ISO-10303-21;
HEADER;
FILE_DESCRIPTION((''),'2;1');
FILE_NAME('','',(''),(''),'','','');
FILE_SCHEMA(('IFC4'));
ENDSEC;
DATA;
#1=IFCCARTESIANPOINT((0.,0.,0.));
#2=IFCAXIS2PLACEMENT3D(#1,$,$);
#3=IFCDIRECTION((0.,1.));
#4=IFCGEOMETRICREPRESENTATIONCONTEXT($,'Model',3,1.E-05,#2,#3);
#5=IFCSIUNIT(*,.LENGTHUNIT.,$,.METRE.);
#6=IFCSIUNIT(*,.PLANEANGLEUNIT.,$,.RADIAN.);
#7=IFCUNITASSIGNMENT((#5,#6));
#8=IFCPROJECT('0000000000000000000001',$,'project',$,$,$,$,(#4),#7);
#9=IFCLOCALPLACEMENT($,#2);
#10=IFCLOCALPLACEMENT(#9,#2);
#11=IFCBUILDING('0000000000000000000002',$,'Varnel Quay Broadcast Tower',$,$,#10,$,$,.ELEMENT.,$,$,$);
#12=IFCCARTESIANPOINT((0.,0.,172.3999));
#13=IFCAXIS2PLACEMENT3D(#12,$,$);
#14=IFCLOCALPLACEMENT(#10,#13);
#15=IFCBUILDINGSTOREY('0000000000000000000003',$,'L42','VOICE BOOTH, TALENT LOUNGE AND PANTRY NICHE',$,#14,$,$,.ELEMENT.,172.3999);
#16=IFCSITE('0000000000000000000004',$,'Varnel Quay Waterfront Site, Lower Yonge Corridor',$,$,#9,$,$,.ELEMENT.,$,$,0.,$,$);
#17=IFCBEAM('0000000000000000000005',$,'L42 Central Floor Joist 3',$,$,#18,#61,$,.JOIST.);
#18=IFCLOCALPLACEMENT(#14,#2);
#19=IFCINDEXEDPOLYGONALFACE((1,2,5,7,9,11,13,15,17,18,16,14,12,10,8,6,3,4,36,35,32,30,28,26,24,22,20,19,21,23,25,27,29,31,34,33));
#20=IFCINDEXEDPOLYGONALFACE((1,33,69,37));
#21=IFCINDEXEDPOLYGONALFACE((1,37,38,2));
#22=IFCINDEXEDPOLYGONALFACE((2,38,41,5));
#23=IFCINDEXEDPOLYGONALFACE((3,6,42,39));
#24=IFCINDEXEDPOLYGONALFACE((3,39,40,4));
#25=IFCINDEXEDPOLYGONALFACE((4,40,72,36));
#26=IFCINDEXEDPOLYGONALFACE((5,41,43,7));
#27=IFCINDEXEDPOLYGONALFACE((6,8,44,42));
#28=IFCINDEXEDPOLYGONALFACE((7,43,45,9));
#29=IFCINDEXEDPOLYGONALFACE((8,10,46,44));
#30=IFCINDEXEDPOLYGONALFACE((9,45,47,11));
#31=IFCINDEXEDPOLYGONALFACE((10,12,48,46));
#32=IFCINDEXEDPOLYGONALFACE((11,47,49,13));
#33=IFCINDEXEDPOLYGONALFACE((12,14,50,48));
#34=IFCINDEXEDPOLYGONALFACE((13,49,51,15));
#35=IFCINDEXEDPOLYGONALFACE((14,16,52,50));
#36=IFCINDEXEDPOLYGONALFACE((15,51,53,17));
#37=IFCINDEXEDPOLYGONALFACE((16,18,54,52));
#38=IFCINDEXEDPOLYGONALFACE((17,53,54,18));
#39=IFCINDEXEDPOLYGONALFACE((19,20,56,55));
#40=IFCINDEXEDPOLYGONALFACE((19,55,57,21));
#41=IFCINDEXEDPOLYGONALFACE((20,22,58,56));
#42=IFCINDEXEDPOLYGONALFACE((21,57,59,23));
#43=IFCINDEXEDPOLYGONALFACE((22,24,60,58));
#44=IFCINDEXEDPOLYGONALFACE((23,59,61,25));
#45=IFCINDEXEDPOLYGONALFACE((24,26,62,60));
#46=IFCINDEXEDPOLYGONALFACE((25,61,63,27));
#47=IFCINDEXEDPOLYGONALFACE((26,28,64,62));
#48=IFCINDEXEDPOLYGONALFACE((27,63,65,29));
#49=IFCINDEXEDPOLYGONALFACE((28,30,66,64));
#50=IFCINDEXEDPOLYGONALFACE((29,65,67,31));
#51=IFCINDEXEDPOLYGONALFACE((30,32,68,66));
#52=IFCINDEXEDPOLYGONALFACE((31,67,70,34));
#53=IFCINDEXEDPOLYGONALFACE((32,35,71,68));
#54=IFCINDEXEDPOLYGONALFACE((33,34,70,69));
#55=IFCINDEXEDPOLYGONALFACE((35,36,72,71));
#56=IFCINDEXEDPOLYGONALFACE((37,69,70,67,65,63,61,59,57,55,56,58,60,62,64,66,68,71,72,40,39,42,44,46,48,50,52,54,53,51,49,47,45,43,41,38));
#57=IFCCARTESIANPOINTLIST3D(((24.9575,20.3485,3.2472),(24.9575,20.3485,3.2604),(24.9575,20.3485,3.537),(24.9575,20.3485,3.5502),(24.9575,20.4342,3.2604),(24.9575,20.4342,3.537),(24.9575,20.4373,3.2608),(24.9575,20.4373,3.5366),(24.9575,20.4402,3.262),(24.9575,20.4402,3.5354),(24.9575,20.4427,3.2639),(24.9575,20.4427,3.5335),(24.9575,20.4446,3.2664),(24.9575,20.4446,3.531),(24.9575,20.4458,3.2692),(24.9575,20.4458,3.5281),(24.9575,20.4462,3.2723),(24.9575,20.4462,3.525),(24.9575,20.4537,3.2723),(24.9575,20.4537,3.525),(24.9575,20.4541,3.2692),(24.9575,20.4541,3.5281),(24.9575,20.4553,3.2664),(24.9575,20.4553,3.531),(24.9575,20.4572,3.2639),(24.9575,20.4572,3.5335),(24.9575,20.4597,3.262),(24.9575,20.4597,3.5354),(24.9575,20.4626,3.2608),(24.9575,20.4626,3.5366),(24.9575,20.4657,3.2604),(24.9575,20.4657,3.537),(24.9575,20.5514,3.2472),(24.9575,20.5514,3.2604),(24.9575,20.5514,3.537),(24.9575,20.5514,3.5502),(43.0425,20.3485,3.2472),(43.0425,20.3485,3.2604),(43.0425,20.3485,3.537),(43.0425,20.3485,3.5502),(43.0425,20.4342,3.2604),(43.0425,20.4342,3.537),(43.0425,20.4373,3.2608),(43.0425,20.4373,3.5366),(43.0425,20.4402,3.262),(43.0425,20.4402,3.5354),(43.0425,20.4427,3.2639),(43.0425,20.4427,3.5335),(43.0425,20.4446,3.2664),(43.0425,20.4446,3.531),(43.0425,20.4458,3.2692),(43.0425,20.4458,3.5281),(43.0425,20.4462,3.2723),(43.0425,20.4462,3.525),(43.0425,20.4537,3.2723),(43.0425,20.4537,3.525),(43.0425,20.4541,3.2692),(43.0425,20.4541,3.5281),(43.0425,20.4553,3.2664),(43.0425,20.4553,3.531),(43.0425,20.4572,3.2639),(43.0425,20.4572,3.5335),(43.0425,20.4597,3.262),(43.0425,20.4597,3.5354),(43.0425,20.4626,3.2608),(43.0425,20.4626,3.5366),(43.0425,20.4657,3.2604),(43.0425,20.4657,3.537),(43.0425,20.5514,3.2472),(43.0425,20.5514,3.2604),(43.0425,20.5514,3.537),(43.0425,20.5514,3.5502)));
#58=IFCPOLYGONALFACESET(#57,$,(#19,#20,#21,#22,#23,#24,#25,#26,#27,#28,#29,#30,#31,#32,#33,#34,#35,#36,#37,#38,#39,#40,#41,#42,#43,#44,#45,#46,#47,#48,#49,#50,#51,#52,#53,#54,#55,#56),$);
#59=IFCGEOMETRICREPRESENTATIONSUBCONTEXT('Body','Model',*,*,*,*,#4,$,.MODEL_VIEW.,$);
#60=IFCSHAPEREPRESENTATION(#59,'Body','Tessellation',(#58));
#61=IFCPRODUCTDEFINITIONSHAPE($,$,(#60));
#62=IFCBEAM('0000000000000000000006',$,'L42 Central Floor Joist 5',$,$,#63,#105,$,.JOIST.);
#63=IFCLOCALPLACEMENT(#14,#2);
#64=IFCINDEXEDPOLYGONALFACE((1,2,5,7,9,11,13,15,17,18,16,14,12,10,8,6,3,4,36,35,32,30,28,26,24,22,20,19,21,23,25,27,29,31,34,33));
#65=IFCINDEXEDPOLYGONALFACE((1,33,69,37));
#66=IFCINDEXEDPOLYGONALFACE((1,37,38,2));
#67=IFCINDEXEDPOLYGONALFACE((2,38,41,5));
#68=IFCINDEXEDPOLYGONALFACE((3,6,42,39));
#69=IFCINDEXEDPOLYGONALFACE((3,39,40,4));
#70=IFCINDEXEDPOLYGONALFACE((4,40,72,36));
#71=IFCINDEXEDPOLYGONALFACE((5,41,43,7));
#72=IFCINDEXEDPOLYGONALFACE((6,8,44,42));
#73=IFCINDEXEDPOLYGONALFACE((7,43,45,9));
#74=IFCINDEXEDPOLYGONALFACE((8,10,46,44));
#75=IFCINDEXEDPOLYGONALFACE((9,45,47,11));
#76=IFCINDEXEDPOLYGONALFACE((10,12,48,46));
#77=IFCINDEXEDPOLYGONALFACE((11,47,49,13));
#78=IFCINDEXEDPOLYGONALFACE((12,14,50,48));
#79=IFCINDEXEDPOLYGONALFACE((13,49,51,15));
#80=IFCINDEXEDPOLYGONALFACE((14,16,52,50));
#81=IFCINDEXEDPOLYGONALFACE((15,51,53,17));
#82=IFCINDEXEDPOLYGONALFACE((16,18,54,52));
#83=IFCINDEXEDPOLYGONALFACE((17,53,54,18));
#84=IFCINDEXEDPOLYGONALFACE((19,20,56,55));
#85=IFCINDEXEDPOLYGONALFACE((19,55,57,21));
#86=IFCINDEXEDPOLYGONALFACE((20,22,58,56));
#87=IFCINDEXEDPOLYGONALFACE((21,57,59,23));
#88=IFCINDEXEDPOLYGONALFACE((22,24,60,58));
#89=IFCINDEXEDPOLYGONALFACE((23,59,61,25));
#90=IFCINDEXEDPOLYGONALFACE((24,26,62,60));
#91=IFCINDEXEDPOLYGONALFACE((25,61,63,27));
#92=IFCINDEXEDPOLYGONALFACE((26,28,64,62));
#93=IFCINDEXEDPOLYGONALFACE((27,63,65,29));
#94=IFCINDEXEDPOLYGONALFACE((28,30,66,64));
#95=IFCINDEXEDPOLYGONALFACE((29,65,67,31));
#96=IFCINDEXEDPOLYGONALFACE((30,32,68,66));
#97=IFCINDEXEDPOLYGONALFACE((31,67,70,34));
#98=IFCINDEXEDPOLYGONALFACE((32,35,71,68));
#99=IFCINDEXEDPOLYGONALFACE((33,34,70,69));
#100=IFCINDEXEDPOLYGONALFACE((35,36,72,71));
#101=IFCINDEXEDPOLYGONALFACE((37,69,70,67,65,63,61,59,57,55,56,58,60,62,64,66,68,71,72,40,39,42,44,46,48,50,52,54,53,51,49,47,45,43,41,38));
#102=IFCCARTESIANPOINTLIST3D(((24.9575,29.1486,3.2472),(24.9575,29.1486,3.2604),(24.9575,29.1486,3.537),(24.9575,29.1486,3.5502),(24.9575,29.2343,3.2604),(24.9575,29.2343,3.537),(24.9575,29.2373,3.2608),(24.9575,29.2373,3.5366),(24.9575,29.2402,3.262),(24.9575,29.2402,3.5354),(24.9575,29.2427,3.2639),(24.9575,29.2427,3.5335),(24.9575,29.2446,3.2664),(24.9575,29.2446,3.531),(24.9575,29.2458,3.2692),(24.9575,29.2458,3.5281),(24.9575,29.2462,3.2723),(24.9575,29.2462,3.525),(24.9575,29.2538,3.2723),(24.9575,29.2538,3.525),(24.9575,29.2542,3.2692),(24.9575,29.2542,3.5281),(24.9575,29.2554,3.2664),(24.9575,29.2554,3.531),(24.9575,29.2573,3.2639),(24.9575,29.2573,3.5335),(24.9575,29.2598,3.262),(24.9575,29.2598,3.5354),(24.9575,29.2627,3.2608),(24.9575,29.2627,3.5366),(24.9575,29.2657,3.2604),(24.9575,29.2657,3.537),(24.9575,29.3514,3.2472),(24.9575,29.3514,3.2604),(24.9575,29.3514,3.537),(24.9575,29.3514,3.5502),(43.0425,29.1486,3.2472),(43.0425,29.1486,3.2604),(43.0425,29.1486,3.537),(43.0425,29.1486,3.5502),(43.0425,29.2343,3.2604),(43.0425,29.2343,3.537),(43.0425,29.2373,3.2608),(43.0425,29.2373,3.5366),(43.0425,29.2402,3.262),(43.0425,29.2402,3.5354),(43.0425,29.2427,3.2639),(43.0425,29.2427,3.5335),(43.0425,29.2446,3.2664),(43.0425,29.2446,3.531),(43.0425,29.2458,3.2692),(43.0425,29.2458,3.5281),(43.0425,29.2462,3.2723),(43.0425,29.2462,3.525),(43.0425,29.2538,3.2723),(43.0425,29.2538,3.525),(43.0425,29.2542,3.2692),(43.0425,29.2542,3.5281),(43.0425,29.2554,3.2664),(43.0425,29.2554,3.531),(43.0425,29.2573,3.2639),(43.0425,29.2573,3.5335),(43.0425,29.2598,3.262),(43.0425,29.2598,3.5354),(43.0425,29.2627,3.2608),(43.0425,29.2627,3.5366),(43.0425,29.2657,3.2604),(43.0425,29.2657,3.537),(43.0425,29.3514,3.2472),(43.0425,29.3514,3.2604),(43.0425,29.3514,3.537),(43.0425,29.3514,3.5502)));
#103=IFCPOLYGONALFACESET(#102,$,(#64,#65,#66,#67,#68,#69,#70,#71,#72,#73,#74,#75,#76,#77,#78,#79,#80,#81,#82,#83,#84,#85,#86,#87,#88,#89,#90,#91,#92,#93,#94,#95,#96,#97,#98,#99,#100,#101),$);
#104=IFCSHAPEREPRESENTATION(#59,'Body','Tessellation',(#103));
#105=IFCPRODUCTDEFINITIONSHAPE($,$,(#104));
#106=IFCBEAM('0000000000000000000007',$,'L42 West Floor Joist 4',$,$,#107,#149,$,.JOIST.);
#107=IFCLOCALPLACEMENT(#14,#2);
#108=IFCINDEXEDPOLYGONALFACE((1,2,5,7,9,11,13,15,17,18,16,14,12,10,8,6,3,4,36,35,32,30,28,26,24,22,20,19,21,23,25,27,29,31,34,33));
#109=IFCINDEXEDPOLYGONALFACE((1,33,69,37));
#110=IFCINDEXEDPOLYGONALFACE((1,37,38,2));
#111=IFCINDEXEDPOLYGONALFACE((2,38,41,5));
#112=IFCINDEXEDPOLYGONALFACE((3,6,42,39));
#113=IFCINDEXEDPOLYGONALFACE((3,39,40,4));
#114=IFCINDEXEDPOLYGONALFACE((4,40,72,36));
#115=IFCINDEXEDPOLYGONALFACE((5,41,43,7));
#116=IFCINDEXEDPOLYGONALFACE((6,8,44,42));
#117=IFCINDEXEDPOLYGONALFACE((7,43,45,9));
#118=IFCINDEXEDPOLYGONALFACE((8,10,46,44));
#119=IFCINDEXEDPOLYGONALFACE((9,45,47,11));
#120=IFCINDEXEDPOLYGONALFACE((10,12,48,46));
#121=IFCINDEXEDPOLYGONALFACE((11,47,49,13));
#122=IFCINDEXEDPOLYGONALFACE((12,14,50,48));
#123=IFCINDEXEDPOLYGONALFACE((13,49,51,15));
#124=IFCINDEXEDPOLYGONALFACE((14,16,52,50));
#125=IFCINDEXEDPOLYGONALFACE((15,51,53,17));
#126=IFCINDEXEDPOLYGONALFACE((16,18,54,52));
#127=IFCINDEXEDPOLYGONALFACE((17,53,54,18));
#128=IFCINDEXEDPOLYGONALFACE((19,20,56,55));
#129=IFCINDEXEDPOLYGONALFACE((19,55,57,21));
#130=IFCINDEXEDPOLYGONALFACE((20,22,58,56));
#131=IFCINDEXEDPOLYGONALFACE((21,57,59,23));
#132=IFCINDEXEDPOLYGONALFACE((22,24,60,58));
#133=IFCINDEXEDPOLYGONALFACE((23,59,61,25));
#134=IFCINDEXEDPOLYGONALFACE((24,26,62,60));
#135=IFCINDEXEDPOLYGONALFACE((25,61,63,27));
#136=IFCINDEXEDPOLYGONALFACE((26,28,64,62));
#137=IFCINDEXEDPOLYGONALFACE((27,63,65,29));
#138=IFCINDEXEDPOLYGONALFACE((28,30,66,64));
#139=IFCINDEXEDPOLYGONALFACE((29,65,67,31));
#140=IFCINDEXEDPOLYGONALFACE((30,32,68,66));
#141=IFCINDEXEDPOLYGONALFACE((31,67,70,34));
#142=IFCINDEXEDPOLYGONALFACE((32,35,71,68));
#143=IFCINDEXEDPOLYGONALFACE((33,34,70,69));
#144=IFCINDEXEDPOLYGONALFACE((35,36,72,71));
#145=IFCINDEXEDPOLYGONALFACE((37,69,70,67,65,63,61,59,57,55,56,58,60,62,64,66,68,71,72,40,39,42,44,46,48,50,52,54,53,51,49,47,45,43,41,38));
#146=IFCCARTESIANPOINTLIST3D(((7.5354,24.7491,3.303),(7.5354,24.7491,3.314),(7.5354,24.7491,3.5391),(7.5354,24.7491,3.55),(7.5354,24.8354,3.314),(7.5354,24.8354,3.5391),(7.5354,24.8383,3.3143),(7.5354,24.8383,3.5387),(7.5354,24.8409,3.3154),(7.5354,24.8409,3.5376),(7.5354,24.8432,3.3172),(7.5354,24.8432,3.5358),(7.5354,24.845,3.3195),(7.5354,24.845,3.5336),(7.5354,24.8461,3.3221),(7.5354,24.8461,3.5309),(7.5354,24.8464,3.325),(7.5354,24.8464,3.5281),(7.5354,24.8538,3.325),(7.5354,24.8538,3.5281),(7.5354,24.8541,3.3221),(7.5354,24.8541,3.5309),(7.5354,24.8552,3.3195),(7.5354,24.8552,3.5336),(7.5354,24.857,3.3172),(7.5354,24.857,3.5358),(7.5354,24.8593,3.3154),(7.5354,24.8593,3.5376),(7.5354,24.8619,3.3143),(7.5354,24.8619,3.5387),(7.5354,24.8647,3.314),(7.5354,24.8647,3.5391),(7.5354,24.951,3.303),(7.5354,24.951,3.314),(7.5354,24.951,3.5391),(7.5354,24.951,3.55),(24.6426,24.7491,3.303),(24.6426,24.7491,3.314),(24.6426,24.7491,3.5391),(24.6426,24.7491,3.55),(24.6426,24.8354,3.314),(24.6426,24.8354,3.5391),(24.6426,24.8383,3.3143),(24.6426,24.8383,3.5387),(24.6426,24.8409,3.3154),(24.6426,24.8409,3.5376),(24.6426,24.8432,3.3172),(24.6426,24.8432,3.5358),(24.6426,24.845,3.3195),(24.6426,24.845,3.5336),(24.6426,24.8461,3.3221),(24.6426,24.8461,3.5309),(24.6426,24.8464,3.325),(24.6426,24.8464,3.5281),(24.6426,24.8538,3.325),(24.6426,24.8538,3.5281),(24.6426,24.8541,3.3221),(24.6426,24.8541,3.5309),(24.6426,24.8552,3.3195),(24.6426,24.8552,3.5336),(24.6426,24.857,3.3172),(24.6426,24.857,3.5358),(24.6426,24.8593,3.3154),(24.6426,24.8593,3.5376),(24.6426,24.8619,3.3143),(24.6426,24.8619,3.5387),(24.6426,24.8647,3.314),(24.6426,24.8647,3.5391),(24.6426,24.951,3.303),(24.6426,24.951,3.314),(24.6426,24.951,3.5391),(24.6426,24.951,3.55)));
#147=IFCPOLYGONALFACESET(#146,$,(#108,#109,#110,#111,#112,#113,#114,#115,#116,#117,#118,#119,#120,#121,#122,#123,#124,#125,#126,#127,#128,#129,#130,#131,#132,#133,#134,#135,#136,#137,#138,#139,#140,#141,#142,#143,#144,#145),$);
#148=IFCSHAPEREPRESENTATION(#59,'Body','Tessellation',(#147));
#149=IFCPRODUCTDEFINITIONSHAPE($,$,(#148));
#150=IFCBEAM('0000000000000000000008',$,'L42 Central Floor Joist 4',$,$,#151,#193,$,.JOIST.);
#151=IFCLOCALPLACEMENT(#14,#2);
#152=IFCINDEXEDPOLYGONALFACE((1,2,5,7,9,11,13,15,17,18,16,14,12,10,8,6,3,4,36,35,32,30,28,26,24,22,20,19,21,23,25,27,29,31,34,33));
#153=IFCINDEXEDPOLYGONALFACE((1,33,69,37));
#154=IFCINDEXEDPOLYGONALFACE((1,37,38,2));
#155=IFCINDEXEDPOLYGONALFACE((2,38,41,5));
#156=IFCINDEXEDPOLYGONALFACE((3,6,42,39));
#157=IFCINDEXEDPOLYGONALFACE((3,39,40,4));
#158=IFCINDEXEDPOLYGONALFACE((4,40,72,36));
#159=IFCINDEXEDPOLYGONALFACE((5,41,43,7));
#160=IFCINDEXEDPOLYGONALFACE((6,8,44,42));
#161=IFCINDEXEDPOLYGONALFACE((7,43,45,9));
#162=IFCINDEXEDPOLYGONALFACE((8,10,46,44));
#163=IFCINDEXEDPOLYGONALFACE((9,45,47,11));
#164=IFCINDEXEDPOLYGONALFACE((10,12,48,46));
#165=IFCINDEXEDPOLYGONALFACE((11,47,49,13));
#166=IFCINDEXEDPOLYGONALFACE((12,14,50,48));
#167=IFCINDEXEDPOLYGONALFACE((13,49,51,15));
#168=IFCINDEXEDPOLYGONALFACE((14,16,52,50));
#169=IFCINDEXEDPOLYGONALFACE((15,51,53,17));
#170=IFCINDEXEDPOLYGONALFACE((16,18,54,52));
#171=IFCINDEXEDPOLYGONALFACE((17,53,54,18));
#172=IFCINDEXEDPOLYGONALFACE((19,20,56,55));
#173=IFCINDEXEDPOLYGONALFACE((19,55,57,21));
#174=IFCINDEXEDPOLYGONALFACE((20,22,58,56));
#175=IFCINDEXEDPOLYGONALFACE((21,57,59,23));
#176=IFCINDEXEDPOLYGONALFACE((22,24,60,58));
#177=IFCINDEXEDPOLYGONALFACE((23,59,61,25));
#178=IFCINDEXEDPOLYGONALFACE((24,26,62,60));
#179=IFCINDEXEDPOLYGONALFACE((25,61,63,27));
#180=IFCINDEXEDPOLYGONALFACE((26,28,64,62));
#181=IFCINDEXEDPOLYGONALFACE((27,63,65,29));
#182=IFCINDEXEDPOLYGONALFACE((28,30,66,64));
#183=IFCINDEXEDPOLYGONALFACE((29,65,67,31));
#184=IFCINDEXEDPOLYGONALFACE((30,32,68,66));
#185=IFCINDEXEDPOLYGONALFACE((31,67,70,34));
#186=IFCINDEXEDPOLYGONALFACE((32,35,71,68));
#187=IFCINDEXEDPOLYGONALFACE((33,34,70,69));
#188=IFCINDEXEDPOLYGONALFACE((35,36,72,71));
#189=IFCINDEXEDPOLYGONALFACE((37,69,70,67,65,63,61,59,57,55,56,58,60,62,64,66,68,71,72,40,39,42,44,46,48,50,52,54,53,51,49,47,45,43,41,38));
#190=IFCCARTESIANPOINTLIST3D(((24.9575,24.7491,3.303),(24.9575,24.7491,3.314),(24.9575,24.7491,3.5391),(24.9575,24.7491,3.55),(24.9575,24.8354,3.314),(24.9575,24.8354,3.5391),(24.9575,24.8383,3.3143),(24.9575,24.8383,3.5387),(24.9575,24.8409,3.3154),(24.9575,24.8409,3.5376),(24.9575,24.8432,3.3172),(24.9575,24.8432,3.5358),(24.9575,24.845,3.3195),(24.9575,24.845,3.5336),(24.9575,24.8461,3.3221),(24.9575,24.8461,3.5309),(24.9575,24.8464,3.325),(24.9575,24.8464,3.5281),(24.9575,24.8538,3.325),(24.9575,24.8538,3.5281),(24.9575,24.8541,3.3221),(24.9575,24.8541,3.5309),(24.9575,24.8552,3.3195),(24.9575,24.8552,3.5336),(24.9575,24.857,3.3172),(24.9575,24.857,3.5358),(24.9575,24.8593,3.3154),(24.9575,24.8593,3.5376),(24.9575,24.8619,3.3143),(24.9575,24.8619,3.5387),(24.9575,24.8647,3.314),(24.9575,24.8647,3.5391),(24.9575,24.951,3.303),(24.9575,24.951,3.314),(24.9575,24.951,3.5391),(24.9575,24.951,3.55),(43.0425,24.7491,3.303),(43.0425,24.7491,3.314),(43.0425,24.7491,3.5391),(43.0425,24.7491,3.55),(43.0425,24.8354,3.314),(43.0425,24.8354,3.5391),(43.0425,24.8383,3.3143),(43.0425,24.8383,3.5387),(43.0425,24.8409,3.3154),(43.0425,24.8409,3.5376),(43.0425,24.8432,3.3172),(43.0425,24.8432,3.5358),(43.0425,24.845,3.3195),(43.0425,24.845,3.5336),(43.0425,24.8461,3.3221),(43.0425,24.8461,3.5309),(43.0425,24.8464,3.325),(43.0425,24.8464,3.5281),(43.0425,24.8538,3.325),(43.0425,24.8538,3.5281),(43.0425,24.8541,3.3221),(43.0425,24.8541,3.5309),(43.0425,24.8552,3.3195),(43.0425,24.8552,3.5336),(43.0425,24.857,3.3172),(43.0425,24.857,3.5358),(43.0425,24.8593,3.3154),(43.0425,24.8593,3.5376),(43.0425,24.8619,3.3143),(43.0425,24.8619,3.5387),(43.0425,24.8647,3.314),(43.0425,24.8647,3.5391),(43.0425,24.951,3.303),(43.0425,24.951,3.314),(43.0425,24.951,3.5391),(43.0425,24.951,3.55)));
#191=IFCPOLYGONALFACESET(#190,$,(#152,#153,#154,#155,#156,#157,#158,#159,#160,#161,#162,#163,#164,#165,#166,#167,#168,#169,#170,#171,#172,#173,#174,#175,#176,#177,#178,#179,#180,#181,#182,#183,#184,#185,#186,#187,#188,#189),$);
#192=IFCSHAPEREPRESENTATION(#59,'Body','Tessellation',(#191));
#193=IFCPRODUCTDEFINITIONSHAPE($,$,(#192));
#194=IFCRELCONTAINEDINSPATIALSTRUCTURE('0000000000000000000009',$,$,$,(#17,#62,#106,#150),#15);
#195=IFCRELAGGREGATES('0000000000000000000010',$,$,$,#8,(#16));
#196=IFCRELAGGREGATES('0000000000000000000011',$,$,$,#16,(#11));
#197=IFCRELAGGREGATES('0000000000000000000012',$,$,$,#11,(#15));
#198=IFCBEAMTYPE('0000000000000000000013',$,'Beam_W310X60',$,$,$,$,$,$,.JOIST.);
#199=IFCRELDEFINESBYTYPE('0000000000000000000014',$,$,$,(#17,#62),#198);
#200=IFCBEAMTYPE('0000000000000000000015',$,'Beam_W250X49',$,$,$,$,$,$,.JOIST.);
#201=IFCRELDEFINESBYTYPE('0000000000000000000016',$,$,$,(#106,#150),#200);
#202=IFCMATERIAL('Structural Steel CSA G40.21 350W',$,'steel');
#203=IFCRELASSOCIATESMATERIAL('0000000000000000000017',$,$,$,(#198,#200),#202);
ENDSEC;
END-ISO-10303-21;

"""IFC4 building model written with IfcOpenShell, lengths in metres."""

from ifc_helpers import new_model, si_unit, direction, frame, origin, origin_2d, place, context, subcontext, project, spatial, i_section, extrude, source, transform, mapped, material, material_profile, profile_set, type_object, type_shapes, element, save


model = new_model("IFC4")

# Units and contexts
model_context = context("Model", 3, precision=1e-05, world=origin(), true_north=direction((0.0, 1.0)))
body_context = subcontext(model_context, "Body", "Model", "MODEL_VIEW")
ifc_project = project(units=[si_unit("LENGTHUNIT", "METRE"), si_unit("PLANEANGLEUNIT", "RADIAN")], contexts=[model_context])

# Site, building, storey
site_placement = place(None, origin())
site = spatial("IfcSite", under=ifc_project, at=site_placement, Name="Varnel Quay Waterfront Site, Lower Yonge Corridor", CompositionType="ELEMENT", RefElevation=0.0)
building_placement = place(site_placement, origin())
building = spatial("IfcBuilding", under=site, at=building_placement, Name="Varnel Quay Broadcast Tower", CompositionType="ELEMENT")
storey_placement = place(building_placement, frame((0.0, 0.0, 172.3999)))
storey = spatial("IfcBuildingStorey", under=building, at=storey_placement, Name="L42", Description="VOICE BOOTH, TALENT LOUNGE AND PANTRY NICHE", CompositionType="ELEMENT", Elevation=172.3999)

# Shared definitions
ifc_material_1 = material(Name="Structural Steel CSA G40.21 350W", Category="steel")

# Beams
ifc_material_profile_1 = material_profile(ifc_material_1, i_section(OverallWidth=0.2029, OverallDepth=0.303, WebThickness=0.0076, FlangeThickness=0.0132, FilletRadius=0.012, at=origin_2d()), Name="W310X60")
ifc_profile_set_1 = profile_set([ifc_material_profile_1], Name="Structural Steel CSA G40.21 350W")
beam_type_1 = type_object("IfcBeamType", Name="Beam_W310X60", PredefinedType="JOIST", material=ifc_profile_set_1)
shared_shape_1 = source(origin(), body_context, "Body", "SweptSolid", [
    extrude(i_section(OverallWidth=0.2029, OverallDepth=0.303, WebThickness=0.0076, FlangeThickness=0.0132, FilletRadius=0.012, at=origin_2d()), origin(), (0.0, 0.0, 1.0), 18.085),
])
for number, where, z_axis, x_axis, name in (
    (1, (24.9575, 20.45, 3.3987), (1.0, 0.0, 0.0), (0.0, 1.0, 0.0), "L42 Central Floor Joist 3"),
    (2, (24.9575, 29.25, 3.3987), (1.0, 0.0, 0.0), (0.0, 1.0, 0.0), "L42 Central Floor Joist 5"),
):
    element("IfcBeam", number, at=place(storey_placement, frame(where, z_axis=z_axis, x_axis=x_axis)), inside=storey, type_object=beam_type_1, Name=name, PredefinedType="JOIST", context=body_context, shape_type="MappedRepresentation", body=[
        mapped(shared_shape_1, transform((0.0, 0.0, 0.0), x_axis=(1.0, 0.0, 0.0), y_axis=(0.0, 1.0, 0.0), z_axis=(0.0, 0.0, 1.0), scale=1.0)),
    ])
ifc_material_profile_2 = material_profile(ifc_material_1, i_section(OverallWidth=0.2019, OverallDepth=0.2471, WebThickness=0.0073, FlangeThickness=0.011, FilletRadius=0.011, at=origin_2d()), Name="W250X49")
ifc_profile_set_2 = profile_set([ifc_material_profile_2], Name="Structural Steel CSA G40.21 350W")
beam_type_2 = type_object("IfcBeamType", Name="Beam_W250X49", PredefinedType="JOIST", material=ifc_profile_set_2)
shared_shape_2 = source(origin(), body_context, "Body", "SweptSolid", [
    extrude(i_section(OverallWidth=0.2019, OverallDepth=0.2471, WebThickness=0.0073, FlangeThickness=0.011, FilletRadius=0.011, at=origin_2d()), origin(), (0.0, 0.0, 1.0), 17.1072),
])
beam_1_placement = place(storey_placement, frame((7.5354, 24.8501, 3.4265), z_axis=(1.0, 0.0, 0.0), x_axis=(0.0, 1.0, 0.0)))
element("IfcBeam", 3, at=beam_1_placement, inside=storey, type_object=beam_type_2, Name="L42 West Floor Joist 4", PredefinedType="JOIST", context=body_context, shape_type="MappedRepresentation", body=[
    mapped(shared_shape_2, transform((0.0, 0.0, 0.0), x_axis=(1.0, 0.0, 0.0), y_axis=(0.0, 1.0, 0.0), z_axis=(0.0, 0.0, 1.0), scale=1.0)),
])
shared_shape_3 = source(origin(), body_context, "Body", "SweptSolid", [
    extrude(i_section(OverallWidth=0.2019, OverallDepth=0.2471, WebThickness=0.0073, FlangeThickness=0.011, FilletRadius=0.011, at=origin_2d()), origin(), (0.0, 0.0, 1.0), 18.085),
])
type_shapes(beam_type_2, [shared_shape_2, shared_shape_3])
beam_2_placement = place(storey_placement, frame((24.9575, 24.8501, 3.4265), z_axis=(1.0, 0.0, 0.0), x_axis=(0.0, 1.0, 0.0)))
element("IfcBeam", 4, at=beam_2_placement, inside=storey, type_object=beam_type_2, Name="L42 Central Floor Joist 4", PredefinedType="JOIST", context=body_context, shape_type="MappedRepresentation", body=[
    mapped(shared_shape_3, transform((0.0, 0.0, 0.0), x_axis=(1.0, 0.0, 0.0), y_axis=(0.0, 1.0, 0.0), z_axis=(0.0, 0.0, 1.0), scale=1.0)),
])

save(model, "model.ifc")
